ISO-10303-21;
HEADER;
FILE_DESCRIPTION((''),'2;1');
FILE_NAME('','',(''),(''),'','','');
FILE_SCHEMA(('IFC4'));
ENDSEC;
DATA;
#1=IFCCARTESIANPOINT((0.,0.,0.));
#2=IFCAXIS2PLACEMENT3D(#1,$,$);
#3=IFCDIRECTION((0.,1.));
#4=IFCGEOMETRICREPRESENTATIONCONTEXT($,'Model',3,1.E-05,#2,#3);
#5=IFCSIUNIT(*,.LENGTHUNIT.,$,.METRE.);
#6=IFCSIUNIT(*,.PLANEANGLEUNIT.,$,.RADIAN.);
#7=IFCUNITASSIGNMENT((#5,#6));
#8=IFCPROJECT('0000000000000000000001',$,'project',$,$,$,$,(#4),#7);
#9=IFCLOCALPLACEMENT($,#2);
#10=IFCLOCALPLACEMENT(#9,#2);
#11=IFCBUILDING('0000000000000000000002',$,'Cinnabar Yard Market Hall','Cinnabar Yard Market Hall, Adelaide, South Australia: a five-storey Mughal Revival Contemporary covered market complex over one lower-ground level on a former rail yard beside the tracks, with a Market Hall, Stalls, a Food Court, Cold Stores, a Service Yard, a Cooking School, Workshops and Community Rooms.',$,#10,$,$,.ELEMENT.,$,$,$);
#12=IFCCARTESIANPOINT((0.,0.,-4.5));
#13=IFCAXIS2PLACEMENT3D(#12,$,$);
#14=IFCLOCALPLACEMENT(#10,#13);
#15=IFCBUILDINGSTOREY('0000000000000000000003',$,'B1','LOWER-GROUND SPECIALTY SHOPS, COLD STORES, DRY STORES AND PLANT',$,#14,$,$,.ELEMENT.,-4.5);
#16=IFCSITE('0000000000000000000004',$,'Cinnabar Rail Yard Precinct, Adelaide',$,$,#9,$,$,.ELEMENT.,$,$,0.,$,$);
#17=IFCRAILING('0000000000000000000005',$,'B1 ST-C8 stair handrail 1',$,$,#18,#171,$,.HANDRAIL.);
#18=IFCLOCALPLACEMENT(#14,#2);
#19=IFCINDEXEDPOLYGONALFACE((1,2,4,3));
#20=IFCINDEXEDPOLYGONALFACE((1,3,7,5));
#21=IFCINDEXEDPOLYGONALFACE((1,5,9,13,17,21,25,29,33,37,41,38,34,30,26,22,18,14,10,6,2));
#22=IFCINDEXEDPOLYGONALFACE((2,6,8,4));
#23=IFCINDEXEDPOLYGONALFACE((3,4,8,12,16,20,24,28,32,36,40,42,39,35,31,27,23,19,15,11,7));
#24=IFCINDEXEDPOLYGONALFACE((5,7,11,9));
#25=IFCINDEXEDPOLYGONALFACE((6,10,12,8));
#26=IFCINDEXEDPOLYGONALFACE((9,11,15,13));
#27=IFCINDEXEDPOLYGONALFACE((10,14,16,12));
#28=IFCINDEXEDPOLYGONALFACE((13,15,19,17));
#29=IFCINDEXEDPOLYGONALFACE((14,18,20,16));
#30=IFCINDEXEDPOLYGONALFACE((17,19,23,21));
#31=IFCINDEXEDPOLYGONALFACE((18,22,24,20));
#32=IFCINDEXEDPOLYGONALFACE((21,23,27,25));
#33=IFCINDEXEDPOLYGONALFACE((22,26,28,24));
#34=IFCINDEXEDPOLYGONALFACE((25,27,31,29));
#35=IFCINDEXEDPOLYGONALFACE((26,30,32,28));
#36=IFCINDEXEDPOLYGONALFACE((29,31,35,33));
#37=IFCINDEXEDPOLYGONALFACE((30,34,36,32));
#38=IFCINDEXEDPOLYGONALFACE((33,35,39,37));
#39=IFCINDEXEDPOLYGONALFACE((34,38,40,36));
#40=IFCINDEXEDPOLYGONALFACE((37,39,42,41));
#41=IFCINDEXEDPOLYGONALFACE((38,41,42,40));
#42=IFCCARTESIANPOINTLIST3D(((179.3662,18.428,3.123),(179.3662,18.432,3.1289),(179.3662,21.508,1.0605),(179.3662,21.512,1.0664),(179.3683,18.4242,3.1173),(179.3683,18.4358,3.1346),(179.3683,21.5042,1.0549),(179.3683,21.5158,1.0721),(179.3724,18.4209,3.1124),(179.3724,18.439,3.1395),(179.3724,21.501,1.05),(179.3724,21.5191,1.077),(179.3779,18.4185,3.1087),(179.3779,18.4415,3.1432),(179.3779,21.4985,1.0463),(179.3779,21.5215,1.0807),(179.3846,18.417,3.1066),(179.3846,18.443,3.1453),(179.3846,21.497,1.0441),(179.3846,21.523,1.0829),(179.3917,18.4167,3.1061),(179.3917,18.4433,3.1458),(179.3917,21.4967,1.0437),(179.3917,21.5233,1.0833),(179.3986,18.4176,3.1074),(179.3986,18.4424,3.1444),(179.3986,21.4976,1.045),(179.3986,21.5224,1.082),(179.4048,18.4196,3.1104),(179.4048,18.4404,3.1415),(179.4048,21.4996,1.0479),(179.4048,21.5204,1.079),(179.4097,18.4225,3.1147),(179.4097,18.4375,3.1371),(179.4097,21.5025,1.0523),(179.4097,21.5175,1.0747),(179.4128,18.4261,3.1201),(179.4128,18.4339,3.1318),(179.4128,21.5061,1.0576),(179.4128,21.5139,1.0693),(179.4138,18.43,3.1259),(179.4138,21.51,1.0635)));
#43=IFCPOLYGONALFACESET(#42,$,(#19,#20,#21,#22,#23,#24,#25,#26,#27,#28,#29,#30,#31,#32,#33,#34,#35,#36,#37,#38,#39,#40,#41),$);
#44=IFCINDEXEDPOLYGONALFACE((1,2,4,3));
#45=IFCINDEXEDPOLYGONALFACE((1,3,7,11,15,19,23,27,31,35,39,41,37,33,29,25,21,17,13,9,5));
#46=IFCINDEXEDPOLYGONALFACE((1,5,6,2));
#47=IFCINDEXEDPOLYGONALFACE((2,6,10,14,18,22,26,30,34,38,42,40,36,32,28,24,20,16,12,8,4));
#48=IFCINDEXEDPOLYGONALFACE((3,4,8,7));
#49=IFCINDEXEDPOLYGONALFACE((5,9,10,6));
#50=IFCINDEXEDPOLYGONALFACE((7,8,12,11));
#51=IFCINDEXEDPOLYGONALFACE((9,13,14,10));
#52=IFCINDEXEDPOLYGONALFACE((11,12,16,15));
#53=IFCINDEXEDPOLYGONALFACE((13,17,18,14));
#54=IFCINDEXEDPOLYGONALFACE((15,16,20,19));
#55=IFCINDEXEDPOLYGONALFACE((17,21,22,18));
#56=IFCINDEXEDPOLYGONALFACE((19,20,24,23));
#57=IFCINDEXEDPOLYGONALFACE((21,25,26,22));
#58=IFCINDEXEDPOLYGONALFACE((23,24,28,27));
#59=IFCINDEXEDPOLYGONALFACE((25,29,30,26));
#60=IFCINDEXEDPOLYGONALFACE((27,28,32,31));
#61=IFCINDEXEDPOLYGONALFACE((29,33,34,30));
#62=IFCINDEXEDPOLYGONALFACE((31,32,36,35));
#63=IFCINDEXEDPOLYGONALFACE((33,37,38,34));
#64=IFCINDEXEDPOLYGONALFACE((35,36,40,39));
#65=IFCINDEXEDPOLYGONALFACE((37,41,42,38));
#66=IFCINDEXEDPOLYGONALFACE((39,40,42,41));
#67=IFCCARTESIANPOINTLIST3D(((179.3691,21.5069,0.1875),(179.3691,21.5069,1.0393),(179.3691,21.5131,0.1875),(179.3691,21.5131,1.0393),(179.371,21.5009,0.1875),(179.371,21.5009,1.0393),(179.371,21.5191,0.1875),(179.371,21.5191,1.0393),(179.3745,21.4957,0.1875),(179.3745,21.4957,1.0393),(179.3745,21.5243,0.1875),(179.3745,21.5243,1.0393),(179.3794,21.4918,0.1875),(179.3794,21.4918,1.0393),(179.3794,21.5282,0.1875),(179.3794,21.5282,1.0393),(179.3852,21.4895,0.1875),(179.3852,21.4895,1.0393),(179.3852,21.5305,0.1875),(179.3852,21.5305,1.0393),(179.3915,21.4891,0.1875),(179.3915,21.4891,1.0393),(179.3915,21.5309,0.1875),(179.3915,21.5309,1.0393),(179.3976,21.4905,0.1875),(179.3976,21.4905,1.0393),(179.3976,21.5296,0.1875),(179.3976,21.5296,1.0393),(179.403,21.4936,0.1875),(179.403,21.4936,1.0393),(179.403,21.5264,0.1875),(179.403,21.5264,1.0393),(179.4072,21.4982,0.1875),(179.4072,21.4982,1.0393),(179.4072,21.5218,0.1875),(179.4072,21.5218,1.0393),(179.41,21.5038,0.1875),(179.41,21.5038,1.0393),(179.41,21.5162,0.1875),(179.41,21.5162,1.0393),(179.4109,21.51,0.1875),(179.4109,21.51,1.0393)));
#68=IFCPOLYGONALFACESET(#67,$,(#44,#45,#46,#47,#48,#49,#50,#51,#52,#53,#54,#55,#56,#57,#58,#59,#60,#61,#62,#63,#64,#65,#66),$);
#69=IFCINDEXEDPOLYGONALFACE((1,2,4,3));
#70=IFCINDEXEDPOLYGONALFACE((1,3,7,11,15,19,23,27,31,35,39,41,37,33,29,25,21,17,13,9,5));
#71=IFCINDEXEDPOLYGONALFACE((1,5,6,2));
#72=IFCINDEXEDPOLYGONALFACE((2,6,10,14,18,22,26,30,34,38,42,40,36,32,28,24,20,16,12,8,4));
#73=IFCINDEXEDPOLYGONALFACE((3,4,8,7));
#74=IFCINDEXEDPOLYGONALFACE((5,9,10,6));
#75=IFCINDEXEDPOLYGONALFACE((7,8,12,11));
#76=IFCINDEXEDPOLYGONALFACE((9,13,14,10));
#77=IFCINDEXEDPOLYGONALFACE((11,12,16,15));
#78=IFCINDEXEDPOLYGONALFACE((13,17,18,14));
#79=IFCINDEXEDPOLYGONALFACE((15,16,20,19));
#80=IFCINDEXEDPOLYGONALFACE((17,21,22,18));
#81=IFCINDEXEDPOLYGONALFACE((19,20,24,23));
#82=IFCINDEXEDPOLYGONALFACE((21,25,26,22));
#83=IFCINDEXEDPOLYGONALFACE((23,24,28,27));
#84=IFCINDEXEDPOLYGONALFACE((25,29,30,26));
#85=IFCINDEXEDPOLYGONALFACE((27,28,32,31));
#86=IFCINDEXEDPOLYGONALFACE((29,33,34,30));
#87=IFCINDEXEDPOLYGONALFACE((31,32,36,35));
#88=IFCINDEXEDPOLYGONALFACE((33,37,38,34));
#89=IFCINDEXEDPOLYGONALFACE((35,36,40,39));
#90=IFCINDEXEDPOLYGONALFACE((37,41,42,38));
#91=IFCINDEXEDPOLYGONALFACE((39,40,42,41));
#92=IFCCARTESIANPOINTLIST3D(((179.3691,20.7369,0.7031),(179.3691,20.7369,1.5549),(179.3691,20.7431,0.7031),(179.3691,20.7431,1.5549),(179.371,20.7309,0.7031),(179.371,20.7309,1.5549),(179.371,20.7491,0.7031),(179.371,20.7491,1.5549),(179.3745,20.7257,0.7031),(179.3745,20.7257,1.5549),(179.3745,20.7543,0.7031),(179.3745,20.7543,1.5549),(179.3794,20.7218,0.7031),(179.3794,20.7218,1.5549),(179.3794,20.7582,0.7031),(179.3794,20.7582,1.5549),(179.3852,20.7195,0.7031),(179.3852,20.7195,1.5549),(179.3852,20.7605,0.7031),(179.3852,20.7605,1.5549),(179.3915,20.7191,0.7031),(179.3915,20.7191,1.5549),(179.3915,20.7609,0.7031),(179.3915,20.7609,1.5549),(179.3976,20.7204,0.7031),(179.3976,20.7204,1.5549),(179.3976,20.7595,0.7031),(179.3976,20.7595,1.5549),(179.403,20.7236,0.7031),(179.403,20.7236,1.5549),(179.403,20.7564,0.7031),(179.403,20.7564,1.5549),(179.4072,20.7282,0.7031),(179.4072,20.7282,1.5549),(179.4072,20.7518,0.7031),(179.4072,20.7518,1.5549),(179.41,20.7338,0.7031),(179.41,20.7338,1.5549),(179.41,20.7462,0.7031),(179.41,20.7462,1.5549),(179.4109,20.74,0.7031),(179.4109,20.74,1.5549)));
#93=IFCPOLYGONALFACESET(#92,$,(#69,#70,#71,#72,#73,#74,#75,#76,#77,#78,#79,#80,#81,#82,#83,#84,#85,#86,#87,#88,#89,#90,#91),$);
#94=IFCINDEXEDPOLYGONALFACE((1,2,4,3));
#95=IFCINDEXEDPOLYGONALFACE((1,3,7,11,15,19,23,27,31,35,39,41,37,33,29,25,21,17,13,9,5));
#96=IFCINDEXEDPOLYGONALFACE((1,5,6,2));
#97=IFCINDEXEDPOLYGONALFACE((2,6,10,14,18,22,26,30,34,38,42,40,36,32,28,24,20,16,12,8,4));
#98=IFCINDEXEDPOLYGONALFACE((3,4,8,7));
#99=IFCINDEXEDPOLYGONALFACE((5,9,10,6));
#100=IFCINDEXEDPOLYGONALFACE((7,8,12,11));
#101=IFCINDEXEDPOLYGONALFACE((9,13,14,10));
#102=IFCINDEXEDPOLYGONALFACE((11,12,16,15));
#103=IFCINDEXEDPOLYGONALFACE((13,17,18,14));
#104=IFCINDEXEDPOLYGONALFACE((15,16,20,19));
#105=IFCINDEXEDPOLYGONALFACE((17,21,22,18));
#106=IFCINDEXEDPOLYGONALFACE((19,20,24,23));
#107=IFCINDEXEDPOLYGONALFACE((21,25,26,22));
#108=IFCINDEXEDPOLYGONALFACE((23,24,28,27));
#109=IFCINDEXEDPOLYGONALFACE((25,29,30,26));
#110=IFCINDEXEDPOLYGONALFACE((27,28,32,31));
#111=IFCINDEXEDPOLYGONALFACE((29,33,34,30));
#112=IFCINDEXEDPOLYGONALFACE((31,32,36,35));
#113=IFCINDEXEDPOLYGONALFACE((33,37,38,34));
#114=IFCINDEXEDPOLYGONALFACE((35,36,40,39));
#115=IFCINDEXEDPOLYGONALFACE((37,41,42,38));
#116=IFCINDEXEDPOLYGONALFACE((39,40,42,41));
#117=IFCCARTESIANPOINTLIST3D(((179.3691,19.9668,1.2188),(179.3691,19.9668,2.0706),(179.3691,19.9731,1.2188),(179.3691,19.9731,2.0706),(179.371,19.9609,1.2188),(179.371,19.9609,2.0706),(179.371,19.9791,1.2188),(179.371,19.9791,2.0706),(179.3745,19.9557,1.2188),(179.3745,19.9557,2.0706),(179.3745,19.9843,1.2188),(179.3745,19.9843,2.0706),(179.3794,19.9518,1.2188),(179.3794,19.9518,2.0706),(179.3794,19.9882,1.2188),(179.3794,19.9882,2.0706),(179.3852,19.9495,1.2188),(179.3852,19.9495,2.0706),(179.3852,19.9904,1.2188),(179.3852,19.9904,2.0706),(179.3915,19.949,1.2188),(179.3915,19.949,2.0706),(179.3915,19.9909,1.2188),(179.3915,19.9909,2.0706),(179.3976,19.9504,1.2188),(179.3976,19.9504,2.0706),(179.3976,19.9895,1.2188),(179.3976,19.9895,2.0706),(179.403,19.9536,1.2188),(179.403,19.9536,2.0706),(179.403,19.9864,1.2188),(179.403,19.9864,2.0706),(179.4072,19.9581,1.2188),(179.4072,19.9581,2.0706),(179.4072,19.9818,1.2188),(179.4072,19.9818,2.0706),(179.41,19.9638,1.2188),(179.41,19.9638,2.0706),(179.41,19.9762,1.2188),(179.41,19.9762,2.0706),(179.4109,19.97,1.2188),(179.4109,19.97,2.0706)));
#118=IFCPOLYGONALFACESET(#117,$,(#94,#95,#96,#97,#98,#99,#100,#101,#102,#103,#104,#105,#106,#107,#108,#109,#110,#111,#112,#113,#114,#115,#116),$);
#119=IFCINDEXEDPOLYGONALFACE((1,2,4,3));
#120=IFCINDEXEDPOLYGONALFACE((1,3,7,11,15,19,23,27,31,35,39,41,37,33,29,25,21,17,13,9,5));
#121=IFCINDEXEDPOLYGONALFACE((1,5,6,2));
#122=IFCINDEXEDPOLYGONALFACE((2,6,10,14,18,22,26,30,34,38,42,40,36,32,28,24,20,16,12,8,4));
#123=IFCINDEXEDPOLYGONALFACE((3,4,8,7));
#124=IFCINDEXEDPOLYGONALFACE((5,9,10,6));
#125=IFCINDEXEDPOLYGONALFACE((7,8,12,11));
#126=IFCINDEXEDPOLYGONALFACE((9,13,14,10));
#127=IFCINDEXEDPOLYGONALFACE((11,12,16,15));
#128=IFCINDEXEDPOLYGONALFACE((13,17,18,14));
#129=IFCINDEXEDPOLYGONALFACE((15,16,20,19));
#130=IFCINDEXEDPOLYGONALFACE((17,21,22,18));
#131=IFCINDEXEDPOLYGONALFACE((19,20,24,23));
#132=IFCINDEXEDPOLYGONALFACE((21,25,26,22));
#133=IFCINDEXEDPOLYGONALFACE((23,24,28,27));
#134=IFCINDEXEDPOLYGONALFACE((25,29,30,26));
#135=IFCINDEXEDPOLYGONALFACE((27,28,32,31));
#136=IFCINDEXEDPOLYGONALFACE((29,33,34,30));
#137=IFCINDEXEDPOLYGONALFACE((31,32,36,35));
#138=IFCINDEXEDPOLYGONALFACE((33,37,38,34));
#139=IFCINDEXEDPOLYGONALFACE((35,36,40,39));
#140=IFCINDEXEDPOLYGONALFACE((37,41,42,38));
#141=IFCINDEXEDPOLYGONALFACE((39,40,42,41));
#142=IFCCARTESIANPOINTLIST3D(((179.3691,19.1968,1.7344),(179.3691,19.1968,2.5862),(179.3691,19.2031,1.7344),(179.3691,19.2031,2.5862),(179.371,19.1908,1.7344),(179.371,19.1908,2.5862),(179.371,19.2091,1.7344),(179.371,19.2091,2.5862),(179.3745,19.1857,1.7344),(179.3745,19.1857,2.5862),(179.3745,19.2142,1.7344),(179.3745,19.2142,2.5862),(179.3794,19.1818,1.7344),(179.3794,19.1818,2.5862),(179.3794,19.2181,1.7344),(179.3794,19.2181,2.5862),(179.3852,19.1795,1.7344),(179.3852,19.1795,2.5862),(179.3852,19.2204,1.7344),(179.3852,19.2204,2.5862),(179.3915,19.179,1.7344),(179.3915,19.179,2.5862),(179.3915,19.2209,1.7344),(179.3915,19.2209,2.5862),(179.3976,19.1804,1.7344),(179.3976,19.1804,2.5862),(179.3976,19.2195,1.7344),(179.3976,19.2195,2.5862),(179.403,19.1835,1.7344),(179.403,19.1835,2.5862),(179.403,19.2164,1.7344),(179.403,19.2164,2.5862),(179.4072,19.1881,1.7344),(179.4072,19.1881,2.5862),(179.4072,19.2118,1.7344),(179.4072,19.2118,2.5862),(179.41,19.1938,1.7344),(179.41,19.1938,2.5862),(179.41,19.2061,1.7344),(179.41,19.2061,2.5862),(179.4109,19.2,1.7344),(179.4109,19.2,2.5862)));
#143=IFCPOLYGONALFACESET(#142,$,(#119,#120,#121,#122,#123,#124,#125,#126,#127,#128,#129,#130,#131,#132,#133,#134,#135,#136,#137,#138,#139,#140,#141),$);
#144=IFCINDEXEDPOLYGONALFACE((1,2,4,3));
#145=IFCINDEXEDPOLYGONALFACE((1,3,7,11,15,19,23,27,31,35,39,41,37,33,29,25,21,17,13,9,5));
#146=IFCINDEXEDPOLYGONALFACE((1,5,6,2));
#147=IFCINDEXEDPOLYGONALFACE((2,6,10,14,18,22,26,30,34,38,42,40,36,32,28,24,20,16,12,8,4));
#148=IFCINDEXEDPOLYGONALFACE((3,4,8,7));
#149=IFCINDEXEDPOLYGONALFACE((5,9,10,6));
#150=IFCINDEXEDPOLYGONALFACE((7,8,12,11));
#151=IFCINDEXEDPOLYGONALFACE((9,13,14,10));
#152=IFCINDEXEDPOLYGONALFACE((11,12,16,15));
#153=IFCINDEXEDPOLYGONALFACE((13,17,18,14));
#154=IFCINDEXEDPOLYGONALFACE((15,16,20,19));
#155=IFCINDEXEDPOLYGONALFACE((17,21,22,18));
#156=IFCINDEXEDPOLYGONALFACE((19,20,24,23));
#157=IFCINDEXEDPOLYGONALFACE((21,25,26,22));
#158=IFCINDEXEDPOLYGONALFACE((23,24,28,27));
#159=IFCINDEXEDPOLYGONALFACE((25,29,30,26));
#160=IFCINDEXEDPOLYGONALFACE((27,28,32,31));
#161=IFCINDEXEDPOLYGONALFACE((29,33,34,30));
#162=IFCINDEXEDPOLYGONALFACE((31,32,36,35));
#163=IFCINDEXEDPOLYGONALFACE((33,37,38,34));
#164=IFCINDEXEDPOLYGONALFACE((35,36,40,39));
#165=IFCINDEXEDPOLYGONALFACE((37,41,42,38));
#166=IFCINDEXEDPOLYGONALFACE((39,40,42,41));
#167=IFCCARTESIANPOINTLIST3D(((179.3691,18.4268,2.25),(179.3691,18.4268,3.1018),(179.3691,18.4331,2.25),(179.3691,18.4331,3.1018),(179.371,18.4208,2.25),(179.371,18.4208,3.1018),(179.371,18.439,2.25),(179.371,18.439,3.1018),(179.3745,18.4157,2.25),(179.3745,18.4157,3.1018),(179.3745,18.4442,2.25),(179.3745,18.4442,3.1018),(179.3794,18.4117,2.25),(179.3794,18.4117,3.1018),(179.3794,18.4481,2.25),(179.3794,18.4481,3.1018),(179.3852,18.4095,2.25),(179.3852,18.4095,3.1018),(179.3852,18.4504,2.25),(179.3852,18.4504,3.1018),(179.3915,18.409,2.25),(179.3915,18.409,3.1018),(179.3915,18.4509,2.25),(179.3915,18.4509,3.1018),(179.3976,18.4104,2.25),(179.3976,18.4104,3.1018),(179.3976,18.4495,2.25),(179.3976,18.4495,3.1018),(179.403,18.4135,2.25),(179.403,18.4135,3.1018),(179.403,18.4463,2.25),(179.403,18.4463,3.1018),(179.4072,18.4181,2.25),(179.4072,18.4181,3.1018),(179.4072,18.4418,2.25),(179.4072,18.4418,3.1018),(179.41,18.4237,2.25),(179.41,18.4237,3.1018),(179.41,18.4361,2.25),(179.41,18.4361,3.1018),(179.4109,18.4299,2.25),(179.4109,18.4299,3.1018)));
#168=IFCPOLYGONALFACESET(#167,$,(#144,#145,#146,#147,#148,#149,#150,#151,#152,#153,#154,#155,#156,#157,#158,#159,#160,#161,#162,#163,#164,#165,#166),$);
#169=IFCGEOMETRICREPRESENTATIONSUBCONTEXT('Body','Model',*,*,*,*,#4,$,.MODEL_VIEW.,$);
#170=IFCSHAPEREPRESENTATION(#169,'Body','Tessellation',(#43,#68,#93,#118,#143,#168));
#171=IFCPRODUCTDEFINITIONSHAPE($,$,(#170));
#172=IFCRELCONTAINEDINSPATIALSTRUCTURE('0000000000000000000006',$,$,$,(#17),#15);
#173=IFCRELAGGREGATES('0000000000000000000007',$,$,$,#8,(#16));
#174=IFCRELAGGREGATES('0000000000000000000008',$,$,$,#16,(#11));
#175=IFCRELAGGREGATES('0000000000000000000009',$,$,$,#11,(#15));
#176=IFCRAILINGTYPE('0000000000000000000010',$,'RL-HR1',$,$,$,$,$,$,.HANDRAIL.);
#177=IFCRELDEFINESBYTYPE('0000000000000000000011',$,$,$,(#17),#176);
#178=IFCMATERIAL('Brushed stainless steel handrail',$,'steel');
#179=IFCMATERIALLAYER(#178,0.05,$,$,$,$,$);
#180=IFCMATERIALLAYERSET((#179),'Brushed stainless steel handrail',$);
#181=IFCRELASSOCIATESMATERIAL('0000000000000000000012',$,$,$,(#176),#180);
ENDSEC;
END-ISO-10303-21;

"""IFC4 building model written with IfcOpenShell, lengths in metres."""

from ifc_helpers import new_model, si_unit, direction, frame, origin, origin_2d_with_axis, place, context, subcontext, project, spatial, circle, extrude, material, layer, layer_set, type_object, element, save


model = new_model("IFC4")

# Units and contexts
model_context = context("Model", 3, precision=1e-05, world=origin(), true_north=direction((0.0, 1.0)))
body_context = subcontext(model_context, "Body", "Model", "MODEL_VIEW")
ifc_project = project(units=[si_unit("LENGTHUNIT", "METRE"), si_unit("PLANEANGLEUNIT", "RADIAN")], contexts=[model_context])

# Site, building, storey
site_placement = place(None, origin())
site = spatial("IfcSite", under=ifc_project, at=site_placement, Name="Cinnabar Rail Yard Precinct, Adelaide", CompositionType="ELEMENT", RefElevation=0.0)
building_placement = place(site_placement, origin())
building = spatial("IfcBuilding", under=site, at=building_placement, Name="Cinnabar Yard Market Hall", Description="Cinnabar Yard Market Hall, Adelaide, South Australia: a five-storey Mughal Revival Contemporary covered market complex over one lower-ground level on a former rail yard beside the tracks, with a Market Hall, Stalls, a Food Court, Cold Stores, a Service Yard, a Cooking School, Workshops and Community Rooms.", CompositionType="ELEMENT")
storey_placement = place(building_placement, frame((0.0, 0.0, -4.5)))
storey = spatial("IfcBuildingStorey", under=building, at=storey_placement, Name="B1", Description="LOWER-GROUND SPECIALTY SHOPS, COLD STORES, DRY STORES AND PLANT", CompositionType="ELEMENT", Elevation=-4.5)

# Railing
ifc_material_1 = material(Name="Brushed stainless steel handrail", Category="steel")
ifc_layer_1 = layer(ifc_material_1, 0.05)
ifc_layer_set_1 = layer_set([ifc_layer_1], Name="Brushed stainless steel handrail")
railing_type_1 = type_object("IfcRailingType", Name="RL-HR1", PredefinedType="HANDRAIL", material=ifc_layer_set_1)
railing_1_placement = place(storey_placement, frame((179.3899, 21.51, 0.1875)))
element("IfcRailing", 1, at=railing_1_placement, inside=storey, type_object=railing_type_1, Name="B1 ST-C8 stair handrail 1", PredefinedType="HANDRAIL", context=body_context, shape_type="SweptSolid", body=[
    extrude(circle(Radius=0.0239, at=origin_2d_with_axis()), frame((0.0, 0.0, 0.876), z_axis=(0.0, -0.830914, 0.556401), x_axis=(1.0, 0.0, 0.0)), (0.0, 0.0, 1.0), 3.7068),
    extrude(circle(Radius=0.021, at=origin_2d_with_axis()), origin(), (0.0, 0.0, 1.0), 0.8518),
    extrude(circle(Radius=0.021, at=origin_2d_with_axis()), frame((0.0, -0.77, 0.5156)), (0.0, 0.0, 1.0), 0.8518),
    extrude(circle(Radius=0.021, at=origin_2d_with_axis()), frame((0.0, -1.54, 1.0312)), (0.0, 0.0, 1.0), 0.8518),
    extrude(circle(Radius=0.021, at=origin_2d_with_axis()), frame((0.0, -2.3101, 1.5469)), (0.0, 0.0, 1.0), 0.8518),
    extrude(circle(Radius=0.021, at=origin_2d_with_axis()), frame((0.0, -3.0801, 2.0625)), (0.0, 0.0, 1.0), 0.8518),
])

save(model, "model.ifc")
